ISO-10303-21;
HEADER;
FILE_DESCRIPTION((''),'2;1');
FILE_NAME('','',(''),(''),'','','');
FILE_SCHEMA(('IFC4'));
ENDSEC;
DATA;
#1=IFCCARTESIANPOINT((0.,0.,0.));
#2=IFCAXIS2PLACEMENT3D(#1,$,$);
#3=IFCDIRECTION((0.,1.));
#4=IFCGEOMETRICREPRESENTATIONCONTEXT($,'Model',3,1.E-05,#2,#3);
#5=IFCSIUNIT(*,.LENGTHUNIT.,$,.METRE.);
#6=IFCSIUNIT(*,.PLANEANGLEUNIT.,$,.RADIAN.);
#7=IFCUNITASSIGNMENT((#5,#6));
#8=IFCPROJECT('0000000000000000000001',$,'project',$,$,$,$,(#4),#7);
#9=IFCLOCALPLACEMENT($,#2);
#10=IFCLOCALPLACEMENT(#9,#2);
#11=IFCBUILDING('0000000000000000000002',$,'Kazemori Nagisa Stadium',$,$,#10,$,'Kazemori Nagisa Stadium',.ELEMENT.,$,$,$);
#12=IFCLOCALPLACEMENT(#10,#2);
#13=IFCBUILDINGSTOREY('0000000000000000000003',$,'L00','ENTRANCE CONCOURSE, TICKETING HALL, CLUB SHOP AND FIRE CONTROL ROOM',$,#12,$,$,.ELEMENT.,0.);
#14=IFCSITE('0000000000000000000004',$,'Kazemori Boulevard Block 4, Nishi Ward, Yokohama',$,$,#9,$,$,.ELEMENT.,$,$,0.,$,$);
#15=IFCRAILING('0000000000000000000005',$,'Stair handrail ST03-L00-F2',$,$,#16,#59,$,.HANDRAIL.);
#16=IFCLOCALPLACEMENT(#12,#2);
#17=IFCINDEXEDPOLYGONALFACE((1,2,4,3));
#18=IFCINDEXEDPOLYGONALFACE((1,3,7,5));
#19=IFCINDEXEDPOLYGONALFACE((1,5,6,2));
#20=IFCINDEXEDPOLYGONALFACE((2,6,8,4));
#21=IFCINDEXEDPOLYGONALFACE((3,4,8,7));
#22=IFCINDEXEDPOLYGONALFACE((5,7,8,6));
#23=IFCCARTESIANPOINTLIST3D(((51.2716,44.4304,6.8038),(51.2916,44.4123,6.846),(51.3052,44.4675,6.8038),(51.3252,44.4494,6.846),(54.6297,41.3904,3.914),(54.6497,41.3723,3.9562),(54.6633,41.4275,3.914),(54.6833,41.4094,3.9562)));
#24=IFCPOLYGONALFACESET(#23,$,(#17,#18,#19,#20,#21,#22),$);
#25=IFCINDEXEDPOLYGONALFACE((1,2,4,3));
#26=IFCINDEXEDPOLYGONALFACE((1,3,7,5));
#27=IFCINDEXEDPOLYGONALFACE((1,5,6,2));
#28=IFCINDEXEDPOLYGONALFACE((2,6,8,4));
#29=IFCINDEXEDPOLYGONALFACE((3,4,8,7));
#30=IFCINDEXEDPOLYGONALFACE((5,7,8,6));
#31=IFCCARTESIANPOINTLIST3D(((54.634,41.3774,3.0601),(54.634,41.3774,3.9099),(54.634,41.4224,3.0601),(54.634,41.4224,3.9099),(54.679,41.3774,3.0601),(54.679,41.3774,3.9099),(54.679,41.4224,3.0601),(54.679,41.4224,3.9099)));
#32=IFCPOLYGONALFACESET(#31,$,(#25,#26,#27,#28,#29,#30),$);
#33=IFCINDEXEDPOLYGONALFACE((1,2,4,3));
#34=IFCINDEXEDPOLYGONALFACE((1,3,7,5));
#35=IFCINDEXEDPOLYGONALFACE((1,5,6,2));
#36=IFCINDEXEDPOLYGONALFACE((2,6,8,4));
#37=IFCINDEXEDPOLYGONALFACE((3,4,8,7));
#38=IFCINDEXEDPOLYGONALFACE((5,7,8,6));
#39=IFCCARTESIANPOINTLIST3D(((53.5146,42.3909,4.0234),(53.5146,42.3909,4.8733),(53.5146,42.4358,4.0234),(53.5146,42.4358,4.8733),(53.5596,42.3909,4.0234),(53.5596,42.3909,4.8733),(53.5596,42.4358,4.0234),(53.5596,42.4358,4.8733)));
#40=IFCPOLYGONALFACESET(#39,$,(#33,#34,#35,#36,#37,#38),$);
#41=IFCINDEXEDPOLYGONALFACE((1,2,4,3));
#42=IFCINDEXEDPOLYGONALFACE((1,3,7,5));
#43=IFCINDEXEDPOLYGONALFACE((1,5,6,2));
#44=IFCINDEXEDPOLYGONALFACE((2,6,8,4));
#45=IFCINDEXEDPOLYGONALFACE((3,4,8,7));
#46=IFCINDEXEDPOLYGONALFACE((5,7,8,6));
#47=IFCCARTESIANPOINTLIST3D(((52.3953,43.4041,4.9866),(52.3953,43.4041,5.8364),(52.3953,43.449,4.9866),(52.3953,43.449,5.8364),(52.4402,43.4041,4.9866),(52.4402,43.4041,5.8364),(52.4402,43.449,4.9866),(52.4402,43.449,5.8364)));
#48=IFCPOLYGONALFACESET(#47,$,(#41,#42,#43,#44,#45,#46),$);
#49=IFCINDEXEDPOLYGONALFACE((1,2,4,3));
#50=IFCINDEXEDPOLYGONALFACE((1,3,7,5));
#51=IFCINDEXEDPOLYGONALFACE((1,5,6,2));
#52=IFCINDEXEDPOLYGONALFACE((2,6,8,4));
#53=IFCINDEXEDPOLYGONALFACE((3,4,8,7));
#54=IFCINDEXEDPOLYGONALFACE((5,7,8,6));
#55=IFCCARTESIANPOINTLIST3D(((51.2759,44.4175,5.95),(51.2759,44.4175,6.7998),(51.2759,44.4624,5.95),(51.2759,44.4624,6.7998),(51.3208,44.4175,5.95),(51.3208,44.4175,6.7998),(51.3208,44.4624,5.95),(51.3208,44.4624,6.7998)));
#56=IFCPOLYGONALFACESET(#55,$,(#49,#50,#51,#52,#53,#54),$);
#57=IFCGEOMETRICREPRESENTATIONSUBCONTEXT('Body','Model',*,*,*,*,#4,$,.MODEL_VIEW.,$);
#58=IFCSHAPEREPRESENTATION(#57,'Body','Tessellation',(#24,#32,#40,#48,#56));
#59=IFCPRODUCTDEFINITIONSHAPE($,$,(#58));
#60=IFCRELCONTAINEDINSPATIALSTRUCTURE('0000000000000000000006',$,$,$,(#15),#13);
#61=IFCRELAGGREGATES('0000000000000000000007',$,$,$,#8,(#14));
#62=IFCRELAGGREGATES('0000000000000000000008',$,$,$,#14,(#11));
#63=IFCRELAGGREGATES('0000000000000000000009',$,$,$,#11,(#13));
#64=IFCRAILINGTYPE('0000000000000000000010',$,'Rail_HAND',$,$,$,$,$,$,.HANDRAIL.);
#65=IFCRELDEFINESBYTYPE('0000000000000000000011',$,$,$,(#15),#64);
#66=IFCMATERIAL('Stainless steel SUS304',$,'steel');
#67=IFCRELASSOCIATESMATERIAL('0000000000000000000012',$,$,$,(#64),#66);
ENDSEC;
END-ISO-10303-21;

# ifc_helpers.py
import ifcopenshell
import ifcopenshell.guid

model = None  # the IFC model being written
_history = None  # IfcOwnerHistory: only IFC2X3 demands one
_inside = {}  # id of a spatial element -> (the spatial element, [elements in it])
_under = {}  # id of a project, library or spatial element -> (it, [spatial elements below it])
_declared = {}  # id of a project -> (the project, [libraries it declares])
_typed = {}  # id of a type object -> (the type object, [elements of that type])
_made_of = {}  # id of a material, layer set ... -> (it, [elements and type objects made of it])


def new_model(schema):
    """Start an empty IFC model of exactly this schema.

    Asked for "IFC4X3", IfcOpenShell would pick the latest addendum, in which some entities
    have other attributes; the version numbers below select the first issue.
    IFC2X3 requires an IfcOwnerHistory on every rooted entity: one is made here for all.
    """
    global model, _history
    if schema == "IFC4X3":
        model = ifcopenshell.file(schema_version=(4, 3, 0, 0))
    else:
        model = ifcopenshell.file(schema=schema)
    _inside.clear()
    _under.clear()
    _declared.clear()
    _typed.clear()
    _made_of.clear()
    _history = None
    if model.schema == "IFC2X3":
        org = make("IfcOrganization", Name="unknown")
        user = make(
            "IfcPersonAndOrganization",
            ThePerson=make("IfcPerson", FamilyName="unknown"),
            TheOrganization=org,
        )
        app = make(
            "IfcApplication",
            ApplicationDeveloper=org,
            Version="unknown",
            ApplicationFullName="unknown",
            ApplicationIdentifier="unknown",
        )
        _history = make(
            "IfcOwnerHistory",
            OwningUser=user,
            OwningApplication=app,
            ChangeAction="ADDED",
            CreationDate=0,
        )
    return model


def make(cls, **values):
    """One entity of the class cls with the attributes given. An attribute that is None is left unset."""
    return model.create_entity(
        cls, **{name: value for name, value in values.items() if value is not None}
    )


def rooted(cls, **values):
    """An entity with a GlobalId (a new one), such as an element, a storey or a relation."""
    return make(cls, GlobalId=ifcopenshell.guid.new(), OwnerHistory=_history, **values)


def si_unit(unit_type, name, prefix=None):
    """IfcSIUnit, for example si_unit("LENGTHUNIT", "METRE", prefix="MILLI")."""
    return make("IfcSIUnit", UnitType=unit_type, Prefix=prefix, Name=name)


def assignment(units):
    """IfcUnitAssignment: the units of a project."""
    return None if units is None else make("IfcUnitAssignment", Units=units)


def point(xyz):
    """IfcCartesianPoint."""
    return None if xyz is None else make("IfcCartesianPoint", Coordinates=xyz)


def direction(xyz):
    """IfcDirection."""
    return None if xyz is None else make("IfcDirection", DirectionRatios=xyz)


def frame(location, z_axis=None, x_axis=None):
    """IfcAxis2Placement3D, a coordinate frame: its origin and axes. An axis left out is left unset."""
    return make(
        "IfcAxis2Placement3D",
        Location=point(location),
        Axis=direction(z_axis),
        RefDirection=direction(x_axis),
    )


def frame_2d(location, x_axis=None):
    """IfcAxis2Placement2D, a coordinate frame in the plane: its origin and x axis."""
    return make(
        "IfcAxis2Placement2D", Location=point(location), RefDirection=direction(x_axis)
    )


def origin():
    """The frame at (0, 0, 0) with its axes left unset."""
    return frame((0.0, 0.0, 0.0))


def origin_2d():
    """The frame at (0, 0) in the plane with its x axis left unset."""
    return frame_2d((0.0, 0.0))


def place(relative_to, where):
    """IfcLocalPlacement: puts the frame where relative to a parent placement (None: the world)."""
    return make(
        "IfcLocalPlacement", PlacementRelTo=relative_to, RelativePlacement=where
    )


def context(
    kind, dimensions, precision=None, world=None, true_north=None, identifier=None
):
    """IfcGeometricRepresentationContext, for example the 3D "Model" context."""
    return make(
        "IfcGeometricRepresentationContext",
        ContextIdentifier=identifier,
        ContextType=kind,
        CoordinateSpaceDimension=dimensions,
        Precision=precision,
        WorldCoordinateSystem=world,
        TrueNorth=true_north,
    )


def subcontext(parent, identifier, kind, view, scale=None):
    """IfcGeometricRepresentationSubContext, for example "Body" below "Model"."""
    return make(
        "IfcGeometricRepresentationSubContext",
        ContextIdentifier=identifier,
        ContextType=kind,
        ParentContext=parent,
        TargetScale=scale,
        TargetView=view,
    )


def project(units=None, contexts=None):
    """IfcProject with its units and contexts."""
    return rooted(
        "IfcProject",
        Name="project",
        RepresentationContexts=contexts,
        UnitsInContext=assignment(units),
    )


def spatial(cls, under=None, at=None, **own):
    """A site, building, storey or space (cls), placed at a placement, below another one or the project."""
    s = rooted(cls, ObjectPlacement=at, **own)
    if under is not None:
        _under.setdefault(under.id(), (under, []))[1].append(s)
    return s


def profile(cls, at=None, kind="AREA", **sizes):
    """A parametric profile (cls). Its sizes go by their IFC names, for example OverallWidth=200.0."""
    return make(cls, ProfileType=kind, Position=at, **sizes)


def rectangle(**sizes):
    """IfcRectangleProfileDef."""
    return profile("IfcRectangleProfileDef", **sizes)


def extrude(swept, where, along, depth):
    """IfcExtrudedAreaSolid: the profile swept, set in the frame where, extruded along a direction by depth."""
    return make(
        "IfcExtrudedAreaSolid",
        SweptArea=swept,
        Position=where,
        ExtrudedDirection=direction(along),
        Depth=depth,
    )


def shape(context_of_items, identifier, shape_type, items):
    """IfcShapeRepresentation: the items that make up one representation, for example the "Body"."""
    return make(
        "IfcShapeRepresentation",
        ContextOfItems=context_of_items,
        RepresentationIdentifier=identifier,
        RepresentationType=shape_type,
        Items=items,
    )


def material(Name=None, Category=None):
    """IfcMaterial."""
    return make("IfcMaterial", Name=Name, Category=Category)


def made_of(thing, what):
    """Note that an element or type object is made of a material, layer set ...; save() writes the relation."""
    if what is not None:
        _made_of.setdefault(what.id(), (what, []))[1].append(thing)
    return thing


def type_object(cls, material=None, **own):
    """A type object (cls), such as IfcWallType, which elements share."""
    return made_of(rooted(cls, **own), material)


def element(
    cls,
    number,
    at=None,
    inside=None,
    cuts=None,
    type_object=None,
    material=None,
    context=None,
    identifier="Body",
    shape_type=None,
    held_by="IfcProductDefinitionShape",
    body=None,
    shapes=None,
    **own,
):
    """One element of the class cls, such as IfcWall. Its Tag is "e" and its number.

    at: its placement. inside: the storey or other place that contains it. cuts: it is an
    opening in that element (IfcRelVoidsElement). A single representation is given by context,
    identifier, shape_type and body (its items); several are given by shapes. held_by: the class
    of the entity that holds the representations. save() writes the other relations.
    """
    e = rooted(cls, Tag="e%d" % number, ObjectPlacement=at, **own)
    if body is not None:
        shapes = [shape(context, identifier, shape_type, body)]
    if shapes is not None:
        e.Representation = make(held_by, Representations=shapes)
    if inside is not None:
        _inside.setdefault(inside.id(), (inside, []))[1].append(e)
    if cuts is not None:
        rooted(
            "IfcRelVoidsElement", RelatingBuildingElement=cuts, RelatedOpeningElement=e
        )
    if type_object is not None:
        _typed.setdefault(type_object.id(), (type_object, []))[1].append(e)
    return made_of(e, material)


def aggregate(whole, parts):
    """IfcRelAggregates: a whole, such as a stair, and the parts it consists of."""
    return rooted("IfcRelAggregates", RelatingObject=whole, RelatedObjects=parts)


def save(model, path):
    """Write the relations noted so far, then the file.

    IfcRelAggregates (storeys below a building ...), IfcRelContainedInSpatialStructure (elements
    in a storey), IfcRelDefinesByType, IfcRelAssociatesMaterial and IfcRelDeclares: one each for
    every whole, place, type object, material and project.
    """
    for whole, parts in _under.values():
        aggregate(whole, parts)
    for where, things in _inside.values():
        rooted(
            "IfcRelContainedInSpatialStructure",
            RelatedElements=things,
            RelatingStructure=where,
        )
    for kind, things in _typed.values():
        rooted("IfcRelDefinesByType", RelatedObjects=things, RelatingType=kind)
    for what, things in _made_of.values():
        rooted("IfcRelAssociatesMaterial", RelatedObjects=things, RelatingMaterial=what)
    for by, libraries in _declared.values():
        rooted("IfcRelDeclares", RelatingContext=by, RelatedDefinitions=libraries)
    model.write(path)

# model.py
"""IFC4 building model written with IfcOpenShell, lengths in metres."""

from ifc_helpers import new_model, si_unit, direction, frame, origin, origin_2d, place, context, subcontext, project, spatial, rectangle, extrude, material, type_object, element, save


model = new_model("IFC4")

# Units and contexts
model_context = context("Model", 3, precision=1e-05, world=origin(), true_north=direction((0.0, 1.0)))
body_context = subcontext(model_context, "Body", "Model", "MODEL_VIEW")
ifc_project = project(units=[si_unit("LENGTHUNIT", "METRE"), si_unit("PLANEANGLEUNIT", "RADIAN")], contexts=[model_context])

# Site, building, storey
site_placement = place(None, origin())
site = spatial("IfcSite", under=ifc_project, at=site_placement, Name="Kazemori Boulevard Block 4, Nishi Ward, Yokohama", CompositionType="ELEMENT", RefElevation=0.0)
building_placement = place(site_placement, origin())
building = spatial("IfcBuilding", under=site, at=building_placement, Name="Kazemori Nagisa Stadium", LongName="Kazemori Nagisa Stadium", CompositionType="ELEMENT")
storey_placement = place(building_placement, origin())
storey = spatial("IfcBuildingStorey", under=building, at=storey_placement, Name="L00", Description="ENTRANCE CONCOURSE, TICKETING HALL, CLUB SHOP AND FIRE CONTROL ROOM", CompositionType="ELEMENT", Elevation=0.0)

# Shared definitions
ifc_material_1 = material(Name="Stainless steel SUS304", Category="steel")

# Railing
railing_type_1 = type_object("IfcRailingType", Name="Rail_HAND", PredefinedType="HANDRAIL", material=ifc_material_1)
railing_1_placement = place(storey_placement, frame((54.6565, 41.3999, 3.0601)))
element("IfcRailing", 1, at=railing_1_placement, inside=storey, type_object=railing_type_1, Name="Stair handrail ST03-L00-F2", PredefinedType="HANDRAIL", context=body_context, shape_type="SweptSolid", body=[
    extrude(rectangle(XDim=0.05, YDim=0.05, at=origin_2d()), frame((0.0, 0.0, 0.875), z_axis=(-0.62499, 0.565786, 0.537842), x_axis=(-0.671121, -0.741348, 0.0)), (0.0, 0.0, 1.0), 5.373),
    extrude(rectangle(XDim=0.0449, YDim=0.0449, at=origin_2d()), origin(), (0.0, 0.0, 1.0), 0.8499),
    extrude(rectangle(XDim=0.0449, YDim=0.0449, at=origin_2d()), frame((-1.1194, 1.0134, 0.9634)), (0.0, 0.0, 1.0), 0.8499),
    extrude(rectangle(XDim=0.0449, YDim=0.0449, at=origin_2d()), frame((-2.2388, 2.0266, 1.9265)), (0.0, 0.0, 1.0), 0.8499),
    extrude(rectangle(XDim=0.0449, YDim=0.0449, at=origin_2d()), frame((-3.3582, 3.04, 2.8899)), (0.0, 0.0, 1.0), 0.8499),
])

save(model, "model.ifc")
